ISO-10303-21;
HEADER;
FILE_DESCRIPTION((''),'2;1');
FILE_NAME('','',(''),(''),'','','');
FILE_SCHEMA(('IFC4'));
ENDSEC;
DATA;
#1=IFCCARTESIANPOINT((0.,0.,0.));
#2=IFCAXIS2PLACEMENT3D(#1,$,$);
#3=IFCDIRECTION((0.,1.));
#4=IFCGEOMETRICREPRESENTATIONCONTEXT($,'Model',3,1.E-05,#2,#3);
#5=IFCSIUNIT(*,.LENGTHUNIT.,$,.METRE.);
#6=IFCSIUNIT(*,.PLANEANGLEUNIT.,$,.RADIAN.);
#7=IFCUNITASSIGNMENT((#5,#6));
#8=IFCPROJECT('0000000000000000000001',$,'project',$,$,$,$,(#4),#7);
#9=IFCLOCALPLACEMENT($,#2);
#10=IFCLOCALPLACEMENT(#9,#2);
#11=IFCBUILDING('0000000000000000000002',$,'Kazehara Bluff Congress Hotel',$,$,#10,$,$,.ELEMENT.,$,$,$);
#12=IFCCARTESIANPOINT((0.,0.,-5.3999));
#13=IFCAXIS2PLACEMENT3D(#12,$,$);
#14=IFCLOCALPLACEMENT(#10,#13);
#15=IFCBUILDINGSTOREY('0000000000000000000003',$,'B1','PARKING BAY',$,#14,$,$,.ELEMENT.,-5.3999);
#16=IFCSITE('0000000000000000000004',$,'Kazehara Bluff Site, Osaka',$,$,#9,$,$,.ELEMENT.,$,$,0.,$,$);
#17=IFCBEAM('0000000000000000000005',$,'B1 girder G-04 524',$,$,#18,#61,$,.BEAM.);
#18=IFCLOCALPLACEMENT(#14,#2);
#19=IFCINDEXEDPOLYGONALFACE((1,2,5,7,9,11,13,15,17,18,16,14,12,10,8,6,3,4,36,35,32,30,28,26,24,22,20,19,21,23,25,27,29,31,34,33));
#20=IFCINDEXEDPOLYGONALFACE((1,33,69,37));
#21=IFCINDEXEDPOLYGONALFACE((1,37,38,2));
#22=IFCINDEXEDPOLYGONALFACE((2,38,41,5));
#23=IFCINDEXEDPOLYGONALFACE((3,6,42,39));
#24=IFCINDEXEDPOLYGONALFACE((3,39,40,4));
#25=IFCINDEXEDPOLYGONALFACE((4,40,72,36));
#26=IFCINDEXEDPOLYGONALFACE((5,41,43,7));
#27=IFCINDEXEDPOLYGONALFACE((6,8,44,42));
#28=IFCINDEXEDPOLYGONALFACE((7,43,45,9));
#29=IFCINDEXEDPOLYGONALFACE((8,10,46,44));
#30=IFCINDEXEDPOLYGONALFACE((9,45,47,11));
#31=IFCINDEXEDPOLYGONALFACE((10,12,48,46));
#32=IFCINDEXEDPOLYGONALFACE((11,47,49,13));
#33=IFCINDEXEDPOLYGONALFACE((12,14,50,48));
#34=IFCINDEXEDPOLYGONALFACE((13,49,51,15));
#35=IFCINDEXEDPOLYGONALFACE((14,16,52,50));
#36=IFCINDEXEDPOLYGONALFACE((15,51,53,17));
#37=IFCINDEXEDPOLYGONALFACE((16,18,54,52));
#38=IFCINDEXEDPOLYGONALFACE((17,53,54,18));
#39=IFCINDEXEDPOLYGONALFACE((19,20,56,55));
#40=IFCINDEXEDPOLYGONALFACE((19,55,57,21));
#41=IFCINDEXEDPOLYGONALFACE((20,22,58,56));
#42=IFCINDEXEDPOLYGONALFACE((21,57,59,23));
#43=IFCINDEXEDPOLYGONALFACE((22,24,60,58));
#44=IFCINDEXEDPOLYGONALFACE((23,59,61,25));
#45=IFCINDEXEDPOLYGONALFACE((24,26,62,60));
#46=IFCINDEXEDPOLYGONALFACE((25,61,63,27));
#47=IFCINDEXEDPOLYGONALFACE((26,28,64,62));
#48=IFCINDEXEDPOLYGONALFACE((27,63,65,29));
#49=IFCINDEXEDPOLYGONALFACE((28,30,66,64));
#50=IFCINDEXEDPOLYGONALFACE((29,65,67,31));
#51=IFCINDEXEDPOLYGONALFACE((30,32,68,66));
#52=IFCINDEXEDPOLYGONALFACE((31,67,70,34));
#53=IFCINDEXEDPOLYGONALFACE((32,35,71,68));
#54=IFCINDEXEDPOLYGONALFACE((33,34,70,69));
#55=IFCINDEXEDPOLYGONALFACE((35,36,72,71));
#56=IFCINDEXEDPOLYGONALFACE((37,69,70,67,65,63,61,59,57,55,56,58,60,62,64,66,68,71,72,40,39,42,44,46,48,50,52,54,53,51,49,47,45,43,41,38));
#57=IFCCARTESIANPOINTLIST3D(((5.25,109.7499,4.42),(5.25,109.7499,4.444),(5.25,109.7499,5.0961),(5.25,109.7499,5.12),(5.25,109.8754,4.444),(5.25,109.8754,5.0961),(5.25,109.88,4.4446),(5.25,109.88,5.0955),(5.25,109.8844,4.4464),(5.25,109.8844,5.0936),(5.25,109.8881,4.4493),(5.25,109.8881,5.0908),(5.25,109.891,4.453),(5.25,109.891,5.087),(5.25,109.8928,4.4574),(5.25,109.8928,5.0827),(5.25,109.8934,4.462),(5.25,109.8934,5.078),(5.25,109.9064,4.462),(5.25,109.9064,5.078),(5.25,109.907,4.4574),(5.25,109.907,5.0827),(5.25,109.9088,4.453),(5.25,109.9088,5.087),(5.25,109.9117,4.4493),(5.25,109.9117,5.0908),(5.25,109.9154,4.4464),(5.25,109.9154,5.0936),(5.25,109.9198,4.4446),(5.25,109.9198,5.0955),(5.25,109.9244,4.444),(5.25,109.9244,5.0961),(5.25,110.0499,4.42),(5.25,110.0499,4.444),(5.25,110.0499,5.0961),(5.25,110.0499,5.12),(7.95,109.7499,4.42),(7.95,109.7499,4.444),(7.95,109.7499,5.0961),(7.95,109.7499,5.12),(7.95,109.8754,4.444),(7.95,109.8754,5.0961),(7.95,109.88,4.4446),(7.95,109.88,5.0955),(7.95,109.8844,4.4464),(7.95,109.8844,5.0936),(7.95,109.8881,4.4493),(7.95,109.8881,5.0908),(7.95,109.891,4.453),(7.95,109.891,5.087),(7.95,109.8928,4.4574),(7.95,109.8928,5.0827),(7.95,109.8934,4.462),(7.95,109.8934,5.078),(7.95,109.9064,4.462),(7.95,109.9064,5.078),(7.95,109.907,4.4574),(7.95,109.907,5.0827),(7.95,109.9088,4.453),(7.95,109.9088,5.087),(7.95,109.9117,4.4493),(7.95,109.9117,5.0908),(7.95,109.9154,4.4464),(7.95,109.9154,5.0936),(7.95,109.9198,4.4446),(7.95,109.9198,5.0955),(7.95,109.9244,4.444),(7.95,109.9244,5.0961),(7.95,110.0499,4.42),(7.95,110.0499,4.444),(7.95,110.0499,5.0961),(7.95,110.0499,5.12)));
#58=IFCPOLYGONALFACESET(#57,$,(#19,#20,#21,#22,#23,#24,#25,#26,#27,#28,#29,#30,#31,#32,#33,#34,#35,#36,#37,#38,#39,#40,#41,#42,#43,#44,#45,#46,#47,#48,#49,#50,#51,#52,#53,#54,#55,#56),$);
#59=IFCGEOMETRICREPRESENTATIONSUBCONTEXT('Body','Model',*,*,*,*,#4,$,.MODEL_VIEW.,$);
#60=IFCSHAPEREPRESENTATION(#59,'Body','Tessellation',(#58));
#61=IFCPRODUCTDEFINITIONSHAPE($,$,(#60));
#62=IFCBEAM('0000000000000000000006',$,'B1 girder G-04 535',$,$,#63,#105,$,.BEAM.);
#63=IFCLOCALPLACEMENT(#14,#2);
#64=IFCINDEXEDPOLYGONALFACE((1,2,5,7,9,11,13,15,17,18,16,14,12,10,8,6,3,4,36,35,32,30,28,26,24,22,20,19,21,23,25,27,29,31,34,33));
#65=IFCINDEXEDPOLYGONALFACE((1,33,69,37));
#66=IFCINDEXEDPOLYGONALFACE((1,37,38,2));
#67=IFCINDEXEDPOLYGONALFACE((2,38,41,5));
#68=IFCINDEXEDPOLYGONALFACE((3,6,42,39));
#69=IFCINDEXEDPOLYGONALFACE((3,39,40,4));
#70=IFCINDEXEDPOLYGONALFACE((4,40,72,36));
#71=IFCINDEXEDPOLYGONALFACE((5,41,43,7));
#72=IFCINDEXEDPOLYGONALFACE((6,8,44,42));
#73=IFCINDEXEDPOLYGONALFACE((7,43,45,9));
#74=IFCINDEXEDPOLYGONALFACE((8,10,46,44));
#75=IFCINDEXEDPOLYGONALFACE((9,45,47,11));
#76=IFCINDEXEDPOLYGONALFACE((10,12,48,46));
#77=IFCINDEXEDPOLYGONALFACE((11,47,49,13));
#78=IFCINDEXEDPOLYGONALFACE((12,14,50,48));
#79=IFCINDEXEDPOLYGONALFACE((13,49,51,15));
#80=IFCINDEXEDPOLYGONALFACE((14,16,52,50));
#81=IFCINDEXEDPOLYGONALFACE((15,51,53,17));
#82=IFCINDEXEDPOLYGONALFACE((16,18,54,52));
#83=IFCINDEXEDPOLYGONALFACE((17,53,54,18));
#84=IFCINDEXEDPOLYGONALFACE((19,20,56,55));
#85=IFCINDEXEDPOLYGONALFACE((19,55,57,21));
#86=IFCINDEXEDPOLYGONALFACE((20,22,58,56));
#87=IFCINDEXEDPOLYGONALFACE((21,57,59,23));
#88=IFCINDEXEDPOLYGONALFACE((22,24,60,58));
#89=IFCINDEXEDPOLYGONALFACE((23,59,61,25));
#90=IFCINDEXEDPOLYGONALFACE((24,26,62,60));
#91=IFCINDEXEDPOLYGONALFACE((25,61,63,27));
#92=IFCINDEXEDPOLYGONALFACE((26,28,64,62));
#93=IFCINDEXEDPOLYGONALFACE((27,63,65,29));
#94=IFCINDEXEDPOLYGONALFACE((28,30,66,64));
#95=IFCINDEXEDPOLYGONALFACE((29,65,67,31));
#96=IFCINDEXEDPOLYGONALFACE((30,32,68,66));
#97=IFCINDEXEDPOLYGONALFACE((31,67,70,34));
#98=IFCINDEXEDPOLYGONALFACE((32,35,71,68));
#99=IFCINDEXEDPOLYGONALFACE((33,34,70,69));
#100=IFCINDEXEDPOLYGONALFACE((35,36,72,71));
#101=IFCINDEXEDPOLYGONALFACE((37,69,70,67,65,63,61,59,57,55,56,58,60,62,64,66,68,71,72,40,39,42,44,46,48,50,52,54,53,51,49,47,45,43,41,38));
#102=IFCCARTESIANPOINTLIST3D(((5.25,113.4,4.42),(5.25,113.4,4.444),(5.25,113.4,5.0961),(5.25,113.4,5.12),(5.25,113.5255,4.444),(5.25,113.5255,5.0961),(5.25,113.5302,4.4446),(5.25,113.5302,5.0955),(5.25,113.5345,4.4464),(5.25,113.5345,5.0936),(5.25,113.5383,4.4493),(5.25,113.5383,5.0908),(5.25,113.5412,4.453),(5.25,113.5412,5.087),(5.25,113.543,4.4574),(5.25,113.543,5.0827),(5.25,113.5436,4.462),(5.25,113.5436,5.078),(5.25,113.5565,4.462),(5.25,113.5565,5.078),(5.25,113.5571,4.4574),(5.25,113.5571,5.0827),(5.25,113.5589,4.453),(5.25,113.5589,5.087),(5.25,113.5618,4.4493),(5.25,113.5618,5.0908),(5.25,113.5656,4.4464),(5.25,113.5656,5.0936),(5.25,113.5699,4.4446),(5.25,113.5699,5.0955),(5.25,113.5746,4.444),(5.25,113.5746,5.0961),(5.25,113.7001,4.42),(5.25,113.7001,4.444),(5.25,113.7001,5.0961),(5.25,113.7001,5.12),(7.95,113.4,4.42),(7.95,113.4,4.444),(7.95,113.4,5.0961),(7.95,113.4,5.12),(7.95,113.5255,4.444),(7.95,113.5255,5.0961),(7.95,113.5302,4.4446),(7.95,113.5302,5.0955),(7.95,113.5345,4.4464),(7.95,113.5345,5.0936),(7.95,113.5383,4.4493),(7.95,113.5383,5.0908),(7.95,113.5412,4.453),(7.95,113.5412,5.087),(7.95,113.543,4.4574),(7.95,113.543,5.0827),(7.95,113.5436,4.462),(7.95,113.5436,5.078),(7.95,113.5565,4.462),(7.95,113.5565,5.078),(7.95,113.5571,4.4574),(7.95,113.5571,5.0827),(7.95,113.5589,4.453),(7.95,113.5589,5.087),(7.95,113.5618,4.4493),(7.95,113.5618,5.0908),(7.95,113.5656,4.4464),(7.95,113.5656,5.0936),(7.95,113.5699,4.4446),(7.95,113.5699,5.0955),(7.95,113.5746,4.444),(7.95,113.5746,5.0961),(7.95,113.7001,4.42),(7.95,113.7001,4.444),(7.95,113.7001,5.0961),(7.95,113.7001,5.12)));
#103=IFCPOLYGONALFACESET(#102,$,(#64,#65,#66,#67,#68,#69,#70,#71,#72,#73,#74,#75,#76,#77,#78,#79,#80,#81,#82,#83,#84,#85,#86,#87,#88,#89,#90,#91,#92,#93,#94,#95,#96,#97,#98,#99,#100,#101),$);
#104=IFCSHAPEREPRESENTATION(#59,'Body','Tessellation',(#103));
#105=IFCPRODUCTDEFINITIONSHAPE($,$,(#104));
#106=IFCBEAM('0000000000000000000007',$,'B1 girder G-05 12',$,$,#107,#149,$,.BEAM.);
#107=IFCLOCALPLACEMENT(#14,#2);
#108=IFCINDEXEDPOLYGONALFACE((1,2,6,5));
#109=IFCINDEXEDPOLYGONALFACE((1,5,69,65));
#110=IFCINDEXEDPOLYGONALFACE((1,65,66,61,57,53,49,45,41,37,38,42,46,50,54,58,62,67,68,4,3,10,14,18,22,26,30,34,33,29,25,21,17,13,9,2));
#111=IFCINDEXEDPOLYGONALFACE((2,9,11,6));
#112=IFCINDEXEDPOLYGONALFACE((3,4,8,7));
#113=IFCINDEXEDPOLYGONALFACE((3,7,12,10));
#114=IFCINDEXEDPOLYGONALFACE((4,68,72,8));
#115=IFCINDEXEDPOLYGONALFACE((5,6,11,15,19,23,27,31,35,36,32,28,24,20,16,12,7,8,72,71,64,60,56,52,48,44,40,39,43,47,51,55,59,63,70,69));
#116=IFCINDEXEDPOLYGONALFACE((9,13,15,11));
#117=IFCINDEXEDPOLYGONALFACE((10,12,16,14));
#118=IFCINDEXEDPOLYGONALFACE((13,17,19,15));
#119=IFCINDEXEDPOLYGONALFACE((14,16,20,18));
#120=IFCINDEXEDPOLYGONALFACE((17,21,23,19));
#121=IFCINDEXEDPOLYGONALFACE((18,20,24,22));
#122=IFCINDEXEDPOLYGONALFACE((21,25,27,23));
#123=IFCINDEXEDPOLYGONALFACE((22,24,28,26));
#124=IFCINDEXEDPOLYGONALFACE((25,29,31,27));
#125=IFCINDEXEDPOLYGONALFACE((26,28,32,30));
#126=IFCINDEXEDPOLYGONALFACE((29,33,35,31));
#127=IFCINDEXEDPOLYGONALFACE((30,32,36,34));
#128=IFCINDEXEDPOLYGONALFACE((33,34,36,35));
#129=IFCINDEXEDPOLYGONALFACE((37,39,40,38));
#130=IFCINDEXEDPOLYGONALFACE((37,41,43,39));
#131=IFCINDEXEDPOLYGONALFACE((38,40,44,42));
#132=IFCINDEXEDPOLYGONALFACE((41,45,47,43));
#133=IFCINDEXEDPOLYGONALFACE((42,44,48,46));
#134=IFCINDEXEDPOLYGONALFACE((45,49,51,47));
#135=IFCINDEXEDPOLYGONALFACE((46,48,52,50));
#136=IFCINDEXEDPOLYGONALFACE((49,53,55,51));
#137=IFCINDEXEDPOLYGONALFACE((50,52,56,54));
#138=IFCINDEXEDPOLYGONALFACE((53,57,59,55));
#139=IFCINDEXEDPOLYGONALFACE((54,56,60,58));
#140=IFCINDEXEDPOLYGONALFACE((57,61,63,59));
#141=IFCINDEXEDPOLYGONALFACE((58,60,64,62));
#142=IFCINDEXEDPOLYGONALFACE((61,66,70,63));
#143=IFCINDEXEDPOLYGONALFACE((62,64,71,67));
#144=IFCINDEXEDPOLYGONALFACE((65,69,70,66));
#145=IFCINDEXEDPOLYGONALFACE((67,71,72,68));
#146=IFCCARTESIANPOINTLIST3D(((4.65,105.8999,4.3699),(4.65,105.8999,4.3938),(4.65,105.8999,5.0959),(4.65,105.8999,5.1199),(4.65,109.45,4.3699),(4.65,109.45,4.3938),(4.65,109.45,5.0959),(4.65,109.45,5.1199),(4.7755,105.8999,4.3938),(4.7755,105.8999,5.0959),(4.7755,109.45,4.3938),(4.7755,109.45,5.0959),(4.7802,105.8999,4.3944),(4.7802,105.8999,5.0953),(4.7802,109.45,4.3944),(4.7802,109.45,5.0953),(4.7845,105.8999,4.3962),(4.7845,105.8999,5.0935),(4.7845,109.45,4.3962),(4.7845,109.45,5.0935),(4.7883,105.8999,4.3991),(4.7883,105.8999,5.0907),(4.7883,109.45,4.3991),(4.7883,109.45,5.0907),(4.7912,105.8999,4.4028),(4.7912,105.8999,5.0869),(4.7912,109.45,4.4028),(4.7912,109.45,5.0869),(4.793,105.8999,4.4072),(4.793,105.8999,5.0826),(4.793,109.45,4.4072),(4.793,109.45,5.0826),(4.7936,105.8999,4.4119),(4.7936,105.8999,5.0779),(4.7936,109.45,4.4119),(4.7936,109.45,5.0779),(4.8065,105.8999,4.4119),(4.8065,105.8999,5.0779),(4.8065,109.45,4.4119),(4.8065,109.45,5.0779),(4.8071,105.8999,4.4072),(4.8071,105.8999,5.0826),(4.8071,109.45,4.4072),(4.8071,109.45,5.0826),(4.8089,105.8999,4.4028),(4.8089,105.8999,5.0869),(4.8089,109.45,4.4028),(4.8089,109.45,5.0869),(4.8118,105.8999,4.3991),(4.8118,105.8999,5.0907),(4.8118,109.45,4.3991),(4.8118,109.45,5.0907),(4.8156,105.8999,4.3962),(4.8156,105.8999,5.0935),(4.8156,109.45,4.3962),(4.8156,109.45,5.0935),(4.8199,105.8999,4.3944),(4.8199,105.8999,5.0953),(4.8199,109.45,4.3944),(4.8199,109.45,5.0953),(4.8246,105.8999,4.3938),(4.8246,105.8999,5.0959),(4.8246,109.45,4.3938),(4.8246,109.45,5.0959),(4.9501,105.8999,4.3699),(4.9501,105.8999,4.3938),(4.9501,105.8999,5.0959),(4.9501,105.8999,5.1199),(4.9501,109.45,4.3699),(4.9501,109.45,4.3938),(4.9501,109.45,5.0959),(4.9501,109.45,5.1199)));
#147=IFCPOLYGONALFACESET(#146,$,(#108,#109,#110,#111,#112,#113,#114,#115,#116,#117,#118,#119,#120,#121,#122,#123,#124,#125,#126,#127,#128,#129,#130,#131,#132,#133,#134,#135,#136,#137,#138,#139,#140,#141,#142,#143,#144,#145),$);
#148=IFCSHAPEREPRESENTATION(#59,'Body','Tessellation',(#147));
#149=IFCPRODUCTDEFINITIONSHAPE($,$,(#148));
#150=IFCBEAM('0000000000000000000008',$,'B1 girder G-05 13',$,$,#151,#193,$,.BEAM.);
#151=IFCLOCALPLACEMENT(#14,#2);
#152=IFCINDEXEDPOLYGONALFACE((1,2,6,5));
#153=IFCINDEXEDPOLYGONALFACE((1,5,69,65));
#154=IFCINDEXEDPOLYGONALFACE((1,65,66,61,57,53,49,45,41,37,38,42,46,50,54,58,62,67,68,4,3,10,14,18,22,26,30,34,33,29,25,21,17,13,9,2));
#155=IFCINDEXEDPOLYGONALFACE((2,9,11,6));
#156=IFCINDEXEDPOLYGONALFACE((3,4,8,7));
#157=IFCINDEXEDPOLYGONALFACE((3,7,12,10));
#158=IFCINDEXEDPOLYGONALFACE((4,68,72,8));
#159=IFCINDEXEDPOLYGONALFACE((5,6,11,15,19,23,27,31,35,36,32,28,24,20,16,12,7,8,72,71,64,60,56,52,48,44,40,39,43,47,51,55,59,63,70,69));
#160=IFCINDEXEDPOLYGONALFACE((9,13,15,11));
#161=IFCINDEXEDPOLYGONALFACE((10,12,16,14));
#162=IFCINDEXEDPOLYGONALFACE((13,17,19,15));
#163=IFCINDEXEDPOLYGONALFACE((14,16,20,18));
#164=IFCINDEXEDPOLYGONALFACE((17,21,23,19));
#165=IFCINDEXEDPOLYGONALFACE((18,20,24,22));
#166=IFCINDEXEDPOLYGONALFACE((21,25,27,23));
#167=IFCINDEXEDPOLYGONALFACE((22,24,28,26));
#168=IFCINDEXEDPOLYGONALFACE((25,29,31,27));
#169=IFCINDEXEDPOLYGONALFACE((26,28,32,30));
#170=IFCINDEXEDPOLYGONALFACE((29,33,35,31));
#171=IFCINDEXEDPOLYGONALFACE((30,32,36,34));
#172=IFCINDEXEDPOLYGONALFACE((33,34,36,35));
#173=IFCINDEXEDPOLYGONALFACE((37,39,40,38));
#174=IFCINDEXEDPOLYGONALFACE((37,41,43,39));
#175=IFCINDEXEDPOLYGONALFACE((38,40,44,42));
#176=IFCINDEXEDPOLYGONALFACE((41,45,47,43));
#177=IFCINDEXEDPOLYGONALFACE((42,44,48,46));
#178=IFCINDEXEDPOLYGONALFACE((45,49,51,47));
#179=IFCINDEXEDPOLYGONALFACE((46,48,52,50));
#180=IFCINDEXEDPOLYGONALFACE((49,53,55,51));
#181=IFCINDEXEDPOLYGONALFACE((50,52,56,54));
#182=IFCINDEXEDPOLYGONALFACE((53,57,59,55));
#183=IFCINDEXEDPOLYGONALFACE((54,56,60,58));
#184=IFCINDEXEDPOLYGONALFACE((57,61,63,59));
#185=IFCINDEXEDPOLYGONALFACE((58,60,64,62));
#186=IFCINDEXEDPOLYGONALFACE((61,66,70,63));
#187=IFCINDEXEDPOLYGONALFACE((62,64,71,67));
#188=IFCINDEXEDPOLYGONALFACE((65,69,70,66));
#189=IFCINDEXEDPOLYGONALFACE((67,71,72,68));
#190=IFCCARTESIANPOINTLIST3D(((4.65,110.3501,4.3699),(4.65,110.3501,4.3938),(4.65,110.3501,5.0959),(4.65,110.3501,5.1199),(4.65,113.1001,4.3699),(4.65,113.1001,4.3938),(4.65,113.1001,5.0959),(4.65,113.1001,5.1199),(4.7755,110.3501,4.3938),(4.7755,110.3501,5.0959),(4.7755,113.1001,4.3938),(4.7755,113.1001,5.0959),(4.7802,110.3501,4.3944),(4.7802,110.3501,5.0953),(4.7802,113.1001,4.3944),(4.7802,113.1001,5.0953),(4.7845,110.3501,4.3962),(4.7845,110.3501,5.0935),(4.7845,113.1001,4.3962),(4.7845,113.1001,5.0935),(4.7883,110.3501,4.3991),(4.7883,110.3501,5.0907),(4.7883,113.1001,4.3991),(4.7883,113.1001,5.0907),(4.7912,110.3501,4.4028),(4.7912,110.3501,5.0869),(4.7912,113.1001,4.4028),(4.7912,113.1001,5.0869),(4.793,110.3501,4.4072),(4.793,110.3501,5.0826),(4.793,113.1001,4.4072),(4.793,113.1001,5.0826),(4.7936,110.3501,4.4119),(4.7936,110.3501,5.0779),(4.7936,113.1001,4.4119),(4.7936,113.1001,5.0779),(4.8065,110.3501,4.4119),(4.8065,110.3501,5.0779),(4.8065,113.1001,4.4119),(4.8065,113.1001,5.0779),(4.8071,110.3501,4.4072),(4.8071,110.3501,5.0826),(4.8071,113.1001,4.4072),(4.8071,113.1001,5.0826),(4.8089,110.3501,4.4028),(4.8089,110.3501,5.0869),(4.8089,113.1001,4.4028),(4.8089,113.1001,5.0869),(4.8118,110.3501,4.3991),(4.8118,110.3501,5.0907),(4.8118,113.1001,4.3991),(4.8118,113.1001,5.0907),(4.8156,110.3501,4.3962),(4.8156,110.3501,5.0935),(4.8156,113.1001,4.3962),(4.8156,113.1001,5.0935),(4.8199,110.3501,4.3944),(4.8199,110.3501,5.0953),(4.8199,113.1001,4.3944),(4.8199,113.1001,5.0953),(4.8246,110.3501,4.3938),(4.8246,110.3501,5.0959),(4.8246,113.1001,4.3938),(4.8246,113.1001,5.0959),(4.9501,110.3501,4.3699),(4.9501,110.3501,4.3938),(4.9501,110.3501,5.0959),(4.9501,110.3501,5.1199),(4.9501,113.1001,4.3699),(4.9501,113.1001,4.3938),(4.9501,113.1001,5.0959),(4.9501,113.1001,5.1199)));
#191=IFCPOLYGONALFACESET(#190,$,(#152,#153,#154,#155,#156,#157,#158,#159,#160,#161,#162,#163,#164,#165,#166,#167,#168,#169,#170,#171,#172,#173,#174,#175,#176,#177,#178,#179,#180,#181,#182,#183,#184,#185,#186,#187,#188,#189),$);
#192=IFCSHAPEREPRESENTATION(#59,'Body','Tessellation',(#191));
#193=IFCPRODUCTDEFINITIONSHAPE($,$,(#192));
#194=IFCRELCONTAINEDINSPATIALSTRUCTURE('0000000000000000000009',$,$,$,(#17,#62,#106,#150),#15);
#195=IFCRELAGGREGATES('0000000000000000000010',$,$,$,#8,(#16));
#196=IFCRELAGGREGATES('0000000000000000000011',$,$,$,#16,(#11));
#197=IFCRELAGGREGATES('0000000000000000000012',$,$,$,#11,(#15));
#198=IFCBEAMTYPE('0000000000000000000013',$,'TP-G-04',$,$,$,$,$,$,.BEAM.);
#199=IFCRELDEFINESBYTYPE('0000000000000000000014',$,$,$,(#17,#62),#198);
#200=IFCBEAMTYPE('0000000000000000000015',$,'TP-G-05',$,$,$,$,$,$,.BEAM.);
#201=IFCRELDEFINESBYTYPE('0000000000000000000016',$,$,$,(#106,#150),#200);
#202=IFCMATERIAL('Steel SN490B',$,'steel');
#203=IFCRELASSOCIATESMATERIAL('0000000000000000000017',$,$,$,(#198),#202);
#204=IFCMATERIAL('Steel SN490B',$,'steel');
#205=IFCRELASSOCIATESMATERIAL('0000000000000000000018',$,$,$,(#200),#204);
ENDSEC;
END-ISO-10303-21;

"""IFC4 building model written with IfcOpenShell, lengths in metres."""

from ifc_helpers import new_model, si_unit, direction, frame, origin, origin_2d, place, context, subcontext, project, spatial, i_section, extrude, material, material_profile, profile_set, type_object, element, save


model = new_model("IFC4")

# Units and contexts
model_context = context("Model", 3, precision=1e-05, world=origin(), true_north=direction((0.0, 1.0)))
body_context = subcontext(model_context, "Body", "Model", "MODEL_VIEW")
ifc_project = project(units=[si_unit("LENGTHUNIT", "METRE"), si_unit("PLANEANGLEUNIT", "RADIAN")], contexts=[model_context])

# Site, building, storey
site_placement = place(None, origin())
site = spatial("IfcSite", under=ifc_project, at=site_placement, Name="Kazehara Bluff Site, Osaka", CompositionType="ELEMENT", RefElevation=0.0)
building_placement = place(site_placement, origin())
building = spatial("IfcBuilding", under=site, at=building_placement, Name="Kazehara Bluff Congress Hotel", CompositionType="ELEMENT")
storey_placement = place(building_placement, frame((0.0, 0.0, -5.3999)))
storey = spatial("IfcBuildingStorey", under=building, at=storey_placement, Name="B1", Description="PARKING BAY", CompositionType="ELEMENT", Elevation=-5.3999)

# Beams
ifc_material_1 = material(Name="Steel SN490B", Category="steel")
ifc_material_profile_1 = material_profile(ifc_material_1, i_section(OverallWidth=0.3, OverallDepth=0.7, WebThickness=0.0129, FlangeThickness=0.0239, FilletRadius=0.0181, at=origin_2d()))
ifc_profile_set_1 = profile_set([ifc_material_profile_1], Name="Steel SN490B")
beam_type_1 = type_object("IfcBeamType", Name="TP-G-04", PredefinedType="BEAM", material=ifc_profile_set_1)
for number, where, z_axis, x_axis, name in (
    (1, (5.25, 109.8999, 4.77), (1.0, 0.0, 0.0), (0.0, 1.0, 0.0), "B1 girder G-04 524"),
    (2, (5.25, 113.55, 4.77), (1.0, 0.0, 0.0), (0.0, 1.0, 0.0), "B1 girder G-04 535"),
):
    element("IfcBeam", number, at=place(storey_placement, frame(where, z_axis=z_axis, x_axis=x_axis)), inside=storey, type_object=beam_type_1, Name=name, PredefinedType="BEAM", context=body_context, shape_type="SweptSolid", body=[
        extrude(i_section(OverallWidth=0.3, OverallDepth=0.7, WebThickness=0.0129, FlangeThickness=0.0239, FilletRadius=0.0181, at=origin_2d()), origin(), (0.0, 0.0, 1.0), 2.7),
    ])
ifc_material_2 = material(Name="Steel SN490B", Category="steel")
ifc_material_profile_2 = material_profile(ifc_material_2, i_section(OverallWidth=0.3, OverallDepth=0.75, WebThickness=0.0129, FlangeThickness=0.0239, FilletRadius=0.0181, at=origin_2d()))
ifc_profile_set_2 = profile_set([ifc_material_profile_2], Name="Steel SN490B")
beam_type_2 = type_object("IfcBeamType", Name="TP-G-05", PredefinedType="BEAM", material=ifc_profile_set_2)
beam_1_placement = place(storey_placement, frame((4.8, 105.8999, 4.7449), z_axis=(0.0, 1.0, 0.0), x_axis=(-1.0, 0.0, 0.0)))
element("IfcBeam", 3, at=beam_1_placement, inside=storey, type_object=beam_type_2, Name="B1 girder G-05 12", PredefinedType="BEAM", context=body_context, shape_type="SweptSolid", body=[
    extrude(i_section(OverallWidth=0.3, OverallDepth=0.75, WebThickness=0.0129, FlangeThickness=0.0239, FilletRadius=0.0181, at=origin_2d()), origin(), (0.0, 0.0, 1.0), 3.55),
])
beam_2_placement = place(storey_placement, frame((4.8, 110.3501, 4.7449), z_axis=(0.0, 1.0, 0.0), x_axis=(-1.0, 0.0, 0.0)))
element("IfcBeam", 4, at=beam_2_placement, inside=storey, type_object=beam_type_2, Name="B1 girder G-05 13", PredefinedType="BEAM", context=body_context, shape_type="SweptSolid", body=[
    extrude(i_section(OverallWidth=0.3, OverallDepth=0.75, WebThickness=0.0129, FlangeThickness=0.0239, FilletRadius=0.0181, at=origin_2d()), origin(), (0.0, 0.0, 1.0), 2.75),
])

save(model, "model.ifc")
